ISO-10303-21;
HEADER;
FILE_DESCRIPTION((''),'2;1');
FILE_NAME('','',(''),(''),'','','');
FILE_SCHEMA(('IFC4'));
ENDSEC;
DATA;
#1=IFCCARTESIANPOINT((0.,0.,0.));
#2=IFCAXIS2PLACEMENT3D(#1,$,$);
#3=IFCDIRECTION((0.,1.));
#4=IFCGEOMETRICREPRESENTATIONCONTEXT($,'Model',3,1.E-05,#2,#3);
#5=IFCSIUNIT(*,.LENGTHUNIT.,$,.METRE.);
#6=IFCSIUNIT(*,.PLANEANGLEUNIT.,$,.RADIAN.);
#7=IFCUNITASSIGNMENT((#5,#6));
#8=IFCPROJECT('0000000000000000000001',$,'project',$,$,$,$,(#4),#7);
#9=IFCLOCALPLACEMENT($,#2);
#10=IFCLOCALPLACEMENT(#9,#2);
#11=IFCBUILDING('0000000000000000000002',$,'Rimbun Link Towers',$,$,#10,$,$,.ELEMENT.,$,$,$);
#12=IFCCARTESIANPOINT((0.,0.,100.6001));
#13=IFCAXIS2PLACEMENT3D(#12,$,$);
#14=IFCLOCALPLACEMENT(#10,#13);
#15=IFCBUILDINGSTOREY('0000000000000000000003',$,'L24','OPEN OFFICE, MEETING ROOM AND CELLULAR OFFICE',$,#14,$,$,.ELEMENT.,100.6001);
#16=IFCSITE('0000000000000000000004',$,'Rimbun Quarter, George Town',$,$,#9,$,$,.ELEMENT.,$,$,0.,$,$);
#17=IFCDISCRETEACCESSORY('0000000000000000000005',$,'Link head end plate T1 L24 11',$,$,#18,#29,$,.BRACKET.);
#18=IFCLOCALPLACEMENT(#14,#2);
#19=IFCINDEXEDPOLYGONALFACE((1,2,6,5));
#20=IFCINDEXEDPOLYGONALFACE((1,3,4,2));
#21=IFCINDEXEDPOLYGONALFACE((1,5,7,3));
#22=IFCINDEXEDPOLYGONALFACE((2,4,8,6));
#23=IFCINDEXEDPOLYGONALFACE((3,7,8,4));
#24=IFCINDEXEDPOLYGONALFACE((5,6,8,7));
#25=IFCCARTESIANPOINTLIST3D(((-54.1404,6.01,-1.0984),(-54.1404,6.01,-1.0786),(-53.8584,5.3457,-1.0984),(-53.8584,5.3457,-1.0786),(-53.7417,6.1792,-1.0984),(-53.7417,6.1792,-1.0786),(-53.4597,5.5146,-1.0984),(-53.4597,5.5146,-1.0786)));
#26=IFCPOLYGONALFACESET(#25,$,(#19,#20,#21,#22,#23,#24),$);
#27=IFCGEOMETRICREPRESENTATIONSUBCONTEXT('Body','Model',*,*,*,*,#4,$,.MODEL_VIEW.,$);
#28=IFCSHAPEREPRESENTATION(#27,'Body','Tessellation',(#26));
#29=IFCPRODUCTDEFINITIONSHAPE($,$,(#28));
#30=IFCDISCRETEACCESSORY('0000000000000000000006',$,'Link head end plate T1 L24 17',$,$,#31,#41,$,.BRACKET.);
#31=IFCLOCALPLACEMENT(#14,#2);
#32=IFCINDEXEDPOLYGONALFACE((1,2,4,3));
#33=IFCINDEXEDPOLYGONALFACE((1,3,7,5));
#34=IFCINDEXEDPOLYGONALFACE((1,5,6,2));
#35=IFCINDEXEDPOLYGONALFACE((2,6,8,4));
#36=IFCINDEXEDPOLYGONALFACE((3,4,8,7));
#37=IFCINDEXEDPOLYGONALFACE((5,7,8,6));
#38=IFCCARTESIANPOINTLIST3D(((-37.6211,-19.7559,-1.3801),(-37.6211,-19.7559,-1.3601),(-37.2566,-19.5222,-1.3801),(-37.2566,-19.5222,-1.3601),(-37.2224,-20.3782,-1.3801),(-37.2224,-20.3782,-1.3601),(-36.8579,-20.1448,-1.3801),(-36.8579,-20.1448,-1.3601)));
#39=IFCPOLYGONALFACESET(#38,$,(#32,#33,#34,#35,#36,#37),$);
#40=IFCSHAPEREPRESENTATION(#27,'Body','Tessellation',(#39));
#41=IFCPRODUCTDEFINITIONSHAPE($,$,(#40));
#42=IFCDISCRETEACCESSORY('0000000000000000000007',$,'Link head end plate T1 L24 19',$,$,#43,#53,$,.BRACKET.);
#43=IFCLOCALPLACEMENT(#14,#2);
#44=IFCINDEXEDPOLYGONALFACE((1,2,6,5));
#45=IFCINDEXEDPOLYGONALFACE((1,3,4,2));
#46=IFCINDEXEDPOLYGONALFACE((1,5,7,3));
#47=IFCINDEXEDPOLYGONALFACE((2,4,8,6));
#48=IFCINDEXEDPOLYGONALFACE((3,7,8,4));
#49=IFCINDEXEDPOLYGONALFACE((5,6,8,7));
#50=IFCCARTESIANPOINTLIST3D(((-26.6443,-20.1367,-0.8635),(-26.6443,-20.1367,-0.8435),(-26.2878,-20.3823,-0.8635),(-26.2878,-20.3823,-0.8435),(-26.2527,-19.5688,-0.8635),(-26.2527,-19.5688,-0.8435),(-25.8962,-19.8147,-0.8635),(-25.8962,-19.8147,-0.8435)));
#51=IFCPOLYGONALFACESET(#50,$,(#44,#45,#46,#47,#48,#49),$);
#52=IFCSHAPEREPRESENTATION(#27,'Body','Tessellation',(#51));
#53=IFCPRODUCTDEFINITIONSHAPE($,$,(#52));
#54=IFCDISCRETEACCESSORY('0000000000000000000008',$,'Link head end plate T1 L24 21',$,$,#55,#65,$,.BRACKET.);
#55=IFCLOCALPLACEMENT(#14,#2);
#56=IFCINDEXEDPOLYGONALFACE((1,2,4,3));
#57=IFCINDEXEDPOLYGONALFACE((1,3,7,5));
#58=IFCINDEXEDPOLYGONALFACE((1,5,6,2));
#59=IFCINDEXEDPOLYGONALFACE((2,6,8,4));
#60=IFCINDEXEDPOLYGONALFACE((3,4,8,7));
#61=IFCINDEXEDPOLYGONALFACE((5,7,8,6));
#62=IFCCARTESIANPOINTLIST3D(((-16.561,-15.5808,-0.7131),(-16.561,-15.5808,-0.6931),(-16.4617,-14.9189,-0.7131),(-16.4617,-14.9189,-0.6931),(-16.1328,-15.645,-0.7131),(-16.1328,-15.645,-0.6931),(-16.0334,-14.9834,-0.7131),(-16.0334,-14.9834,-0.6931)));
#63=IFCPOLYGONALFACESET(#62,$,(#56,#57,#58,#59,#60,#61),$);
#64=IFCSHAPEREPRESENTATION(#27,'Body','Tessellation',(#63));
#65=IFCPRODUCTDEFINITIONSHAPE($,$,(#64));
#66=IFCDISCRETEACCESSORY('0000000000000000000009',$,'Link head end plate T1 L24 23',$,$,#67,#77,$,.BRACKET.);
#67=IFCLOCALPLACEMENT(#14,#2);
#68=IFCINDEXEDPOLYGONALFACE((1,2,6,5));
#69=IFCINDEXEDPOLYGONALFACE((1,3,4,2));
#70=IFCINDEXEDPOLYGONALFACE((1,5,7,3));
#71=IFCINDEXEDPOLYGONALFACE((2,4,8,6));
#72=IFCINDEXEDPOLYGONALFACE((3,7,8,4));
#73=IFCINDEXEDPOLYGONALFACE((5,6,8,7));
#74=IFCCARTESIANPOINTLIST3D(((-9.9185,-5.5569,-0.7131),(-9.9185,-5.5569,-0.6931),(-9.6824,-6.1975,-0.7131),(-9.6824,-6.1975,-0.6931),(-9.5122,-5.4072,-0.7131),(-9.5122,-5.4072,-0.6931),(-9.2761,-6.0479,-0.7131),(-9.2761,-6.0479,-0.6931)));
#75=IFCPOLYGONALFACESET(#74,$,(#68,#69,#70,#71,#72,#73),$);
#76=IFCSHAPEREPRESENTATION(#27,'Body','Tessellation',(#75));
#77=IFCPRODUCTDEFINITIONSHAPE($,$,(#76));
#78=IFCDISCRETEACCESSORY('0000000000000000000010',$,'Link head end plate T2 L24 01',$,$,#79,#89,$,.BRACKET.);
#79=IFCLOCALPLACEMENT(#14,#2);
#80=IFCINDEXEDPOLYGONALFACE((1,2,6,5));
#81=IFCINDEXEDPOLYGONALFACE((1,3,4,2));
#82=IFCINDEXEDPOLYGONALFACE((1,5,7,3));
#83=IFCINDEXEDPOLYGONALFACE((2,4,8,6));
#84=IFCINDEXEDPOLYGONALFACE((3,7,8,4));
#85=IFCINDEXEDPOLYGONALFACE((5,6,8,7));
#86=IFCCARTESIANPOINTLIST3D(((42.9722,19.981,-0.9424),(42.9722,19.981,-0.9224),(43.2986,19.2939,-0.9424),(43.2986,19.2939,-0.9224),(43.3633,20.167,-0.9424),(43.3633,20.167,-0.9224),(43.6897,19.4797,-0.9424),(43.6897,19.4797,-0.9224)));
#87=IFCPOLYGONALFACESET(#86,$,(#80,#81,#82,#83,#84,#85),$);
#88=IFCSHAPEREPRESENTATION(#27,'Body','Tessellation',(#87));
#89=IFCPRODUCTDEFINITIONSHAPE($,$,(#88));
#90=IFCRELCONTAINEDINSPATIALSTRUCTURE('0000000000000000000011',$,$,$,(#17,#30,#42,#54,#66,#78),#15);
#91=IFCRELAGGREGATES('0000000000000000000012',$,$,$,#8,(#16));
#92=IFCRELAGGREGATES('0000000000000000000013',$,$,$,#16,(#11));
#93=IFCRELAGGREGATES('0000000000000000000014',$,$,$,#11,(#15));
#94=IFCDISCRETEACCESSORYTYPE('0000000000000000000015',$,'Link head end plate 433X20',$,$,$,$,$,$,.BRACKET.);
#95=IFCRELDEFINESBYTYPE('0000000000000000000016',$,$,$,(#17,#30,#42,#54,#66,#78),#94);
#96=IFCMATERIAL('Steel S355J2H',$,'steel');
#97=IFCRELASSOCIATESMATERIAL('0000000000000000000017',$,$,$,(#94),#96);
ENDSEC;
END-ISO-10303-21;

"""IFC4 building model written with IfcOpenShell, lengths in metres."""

from ifc_helpers import new_model, si_unit, direction, frame, origin, origin_2d, place, context, subcontext, project, spatial, polyline, rectangle, outline, extrude, material, material_profile, profile_set, type_object, element, save


model = new_model("IFC4")

# Units and contexts
model_context = context("Model", 3, precision=1e-05, world=origin(), true_north=direction((0.0, 1.0)))
body_context = subcontext(model_context, "Body", "Model", "MODEL_VIEW")
ifc_project = project(units=[si_unit("LENGTHUNIT", "METRE"), si_unit("PLANEANGLEUNIT", "RADIAN")], contexts=[model_context])

# Site, building, storey
site_placement = place(None, origin())
site = spatial("IfcSite", under=ifc_project, at=site_placement, Name="Rimbun Quarter, George Town", CompositionType="ELEMENT", RefElevation=0.0)
building_placement = place(site_placement, origin())
building = spatial("IfcBuilding", under=site, at=building_placement, Name="Rimbun Link Towers", CompositionType="ELEMENT")
storey_placement = place(building_placement, frame((0.0, 0.0, 100.6001)))
storey = spatial("IfcBuildingStorey", under=building, at=storey_placement, Name="L24", Description="OPEN OFFICE, MEETING ROOM AND CELLULAR OFFICE", CompositionType="ELEMENT", Elevation=100.6001)

# Discrete accessories
ifc_material_1 = material(Name="Steel S355J2H", Category="steel")
ifc_material_profile_1 = material_profile(ifc_material_1, rectangle(XDim=0.4331, YDim=0.4331, at=origin_2d()), Name="PL 433x433")
ifc_profile_set_1 = profile_set([ifc_material_profile_1], Name="Steel S355J2H")
discrete_accessory_type_1 = type_object("IfcDiscreteAccessoryType", Name="Link head end plate 433X20", PredefinedType="BRACKET", material=ifc_profile_set_1)
discrete_accessory_1_placement = place(storey_placement, frame((0.0, 0.0, -1.0984)))
element("IfcDiscreteAccessory", 1, at=discrete_accessory_1_placement, inside=storey, type_object=discrete_accessory_type_1, Name="Link head end plate T1 L24 11", PredefinedType="BRACKET", context=body_context, shape_type="SweptSolid", body=[
    extrude(outline(polyline([(-53.4597, 5.5146), (-53.7417, 6.1792), (-54.1404, 6.01), (-53.8584, 5.3457), (-53.4597, 5.5146)])), origin(), (0.0, 0.0, 1.0), 0.0198),
])
discrete_accessory_2_placement = place(storey_placement, frame((0.0, 0.0, -1.3801)))
element("IfcDiscreteAccessory", 2, at=discrete_accessory_2_placement, inside=storey, type_object=discrete_accessory_type_1, Name="Link head end plate T1 L24 17", PredefinedType="BRACKET", context=body_context, shape_type="SweptSolid", body=[
    extrude(outline(polyline([(-37.6211, -19.7559), (-37.2224, -20.3782), (-36.8579, -20.1448), (-37.2566, -19.5222), (-37.6211, -19.7559)])), origin(), (0.0, 0.0, 1.0), 0.02),
])
discrete_accessory_3_placement = place(storey_placement, frame((0.0, 0.0, -0.8635)))
element("IfcDiscreteAccessory", 3, at=discrete_accessory_3_placement, inside=storey, type_object=discrete_accessory_type_1, Name="Link head end plate T1 L24 19", PredefinedType="BRACKET", context=body_context, shape_type="SweptSolid", body=[
    extrude(outline(polyline([(-26.2527, -19.5688), (-26.6443, -20.1367), (-26.2878, -20.3823), (-25.8962, -19.8147), (-26.2527, -19.5688)])), origin(), (0.0, 0.0, 1.0), 0.02),
])
discrete_accessory_4_placement = place(storey_placement, frame((0.0, 0.0, -0.7131)))
element("IfcDiscreteAccessory", 4, at=discrete_accessory_4_placement, inside=storey, type_object=discrete_accessory_type_1, Name="Link head end plate T1 L24 21", PredefinedType="BRACKET", context=body_context, shape_type="SweptSolid", body=[
    extrude(outline(polyline([(-16.4617, -14.9189), (-16.561, -15.5808), (-16.1328, -15.645), (-16.0334, -14.9834), (-16.4617, -14.9189)])), origin(), (0.0, 0.0, 1.0), 0.02),
])
discrete_accessory_5_placement = place(storey_placement, frame((0.0, 0.0, -0.7131)))
element("IfcDiscreteAccessory", 5, at=discrete_accessory_5_placement, inside=storey, type_object=discrete_accessory_type_1, Name="Link head end plate T1 L24 23", PredefinedType="BRACKET", context=body_context, shape_type="SweptSolid", body=[
    extrude(outline(polyline([(-9.9185, -5.5569), (-9.6824, -6.1975), (-9.2761, -6.0479), (-9.5122, -5.4072), (-9.9185, -5.5569)])), origin(), (0.0, 0.0, 1.0), 0.02),
])
discrete_accessory_6_placement = place(storey_placement, frame((0.0, 0.0, -0.9424)))
element("IfcDiscreteAccessory", 6, at=discrete_accessory_6_placement, inside=storey, type_object=discrete_accessory_type_1, Name="Link head end plate T2 L24 01", PredefinedType="BRACKET", context=body_context, shape_type="SweptSolid", body=[
    extrude(outline(polyline([(43.6897, 19.4797), (43.3633, 20.167), (42.9722, 19.981), (43.2986, 19.2939), (43.6897, 19.4797)])), origin(), (0.0, 0.0, 1.0), 0.02),
])

save(model, "model.ifc")
